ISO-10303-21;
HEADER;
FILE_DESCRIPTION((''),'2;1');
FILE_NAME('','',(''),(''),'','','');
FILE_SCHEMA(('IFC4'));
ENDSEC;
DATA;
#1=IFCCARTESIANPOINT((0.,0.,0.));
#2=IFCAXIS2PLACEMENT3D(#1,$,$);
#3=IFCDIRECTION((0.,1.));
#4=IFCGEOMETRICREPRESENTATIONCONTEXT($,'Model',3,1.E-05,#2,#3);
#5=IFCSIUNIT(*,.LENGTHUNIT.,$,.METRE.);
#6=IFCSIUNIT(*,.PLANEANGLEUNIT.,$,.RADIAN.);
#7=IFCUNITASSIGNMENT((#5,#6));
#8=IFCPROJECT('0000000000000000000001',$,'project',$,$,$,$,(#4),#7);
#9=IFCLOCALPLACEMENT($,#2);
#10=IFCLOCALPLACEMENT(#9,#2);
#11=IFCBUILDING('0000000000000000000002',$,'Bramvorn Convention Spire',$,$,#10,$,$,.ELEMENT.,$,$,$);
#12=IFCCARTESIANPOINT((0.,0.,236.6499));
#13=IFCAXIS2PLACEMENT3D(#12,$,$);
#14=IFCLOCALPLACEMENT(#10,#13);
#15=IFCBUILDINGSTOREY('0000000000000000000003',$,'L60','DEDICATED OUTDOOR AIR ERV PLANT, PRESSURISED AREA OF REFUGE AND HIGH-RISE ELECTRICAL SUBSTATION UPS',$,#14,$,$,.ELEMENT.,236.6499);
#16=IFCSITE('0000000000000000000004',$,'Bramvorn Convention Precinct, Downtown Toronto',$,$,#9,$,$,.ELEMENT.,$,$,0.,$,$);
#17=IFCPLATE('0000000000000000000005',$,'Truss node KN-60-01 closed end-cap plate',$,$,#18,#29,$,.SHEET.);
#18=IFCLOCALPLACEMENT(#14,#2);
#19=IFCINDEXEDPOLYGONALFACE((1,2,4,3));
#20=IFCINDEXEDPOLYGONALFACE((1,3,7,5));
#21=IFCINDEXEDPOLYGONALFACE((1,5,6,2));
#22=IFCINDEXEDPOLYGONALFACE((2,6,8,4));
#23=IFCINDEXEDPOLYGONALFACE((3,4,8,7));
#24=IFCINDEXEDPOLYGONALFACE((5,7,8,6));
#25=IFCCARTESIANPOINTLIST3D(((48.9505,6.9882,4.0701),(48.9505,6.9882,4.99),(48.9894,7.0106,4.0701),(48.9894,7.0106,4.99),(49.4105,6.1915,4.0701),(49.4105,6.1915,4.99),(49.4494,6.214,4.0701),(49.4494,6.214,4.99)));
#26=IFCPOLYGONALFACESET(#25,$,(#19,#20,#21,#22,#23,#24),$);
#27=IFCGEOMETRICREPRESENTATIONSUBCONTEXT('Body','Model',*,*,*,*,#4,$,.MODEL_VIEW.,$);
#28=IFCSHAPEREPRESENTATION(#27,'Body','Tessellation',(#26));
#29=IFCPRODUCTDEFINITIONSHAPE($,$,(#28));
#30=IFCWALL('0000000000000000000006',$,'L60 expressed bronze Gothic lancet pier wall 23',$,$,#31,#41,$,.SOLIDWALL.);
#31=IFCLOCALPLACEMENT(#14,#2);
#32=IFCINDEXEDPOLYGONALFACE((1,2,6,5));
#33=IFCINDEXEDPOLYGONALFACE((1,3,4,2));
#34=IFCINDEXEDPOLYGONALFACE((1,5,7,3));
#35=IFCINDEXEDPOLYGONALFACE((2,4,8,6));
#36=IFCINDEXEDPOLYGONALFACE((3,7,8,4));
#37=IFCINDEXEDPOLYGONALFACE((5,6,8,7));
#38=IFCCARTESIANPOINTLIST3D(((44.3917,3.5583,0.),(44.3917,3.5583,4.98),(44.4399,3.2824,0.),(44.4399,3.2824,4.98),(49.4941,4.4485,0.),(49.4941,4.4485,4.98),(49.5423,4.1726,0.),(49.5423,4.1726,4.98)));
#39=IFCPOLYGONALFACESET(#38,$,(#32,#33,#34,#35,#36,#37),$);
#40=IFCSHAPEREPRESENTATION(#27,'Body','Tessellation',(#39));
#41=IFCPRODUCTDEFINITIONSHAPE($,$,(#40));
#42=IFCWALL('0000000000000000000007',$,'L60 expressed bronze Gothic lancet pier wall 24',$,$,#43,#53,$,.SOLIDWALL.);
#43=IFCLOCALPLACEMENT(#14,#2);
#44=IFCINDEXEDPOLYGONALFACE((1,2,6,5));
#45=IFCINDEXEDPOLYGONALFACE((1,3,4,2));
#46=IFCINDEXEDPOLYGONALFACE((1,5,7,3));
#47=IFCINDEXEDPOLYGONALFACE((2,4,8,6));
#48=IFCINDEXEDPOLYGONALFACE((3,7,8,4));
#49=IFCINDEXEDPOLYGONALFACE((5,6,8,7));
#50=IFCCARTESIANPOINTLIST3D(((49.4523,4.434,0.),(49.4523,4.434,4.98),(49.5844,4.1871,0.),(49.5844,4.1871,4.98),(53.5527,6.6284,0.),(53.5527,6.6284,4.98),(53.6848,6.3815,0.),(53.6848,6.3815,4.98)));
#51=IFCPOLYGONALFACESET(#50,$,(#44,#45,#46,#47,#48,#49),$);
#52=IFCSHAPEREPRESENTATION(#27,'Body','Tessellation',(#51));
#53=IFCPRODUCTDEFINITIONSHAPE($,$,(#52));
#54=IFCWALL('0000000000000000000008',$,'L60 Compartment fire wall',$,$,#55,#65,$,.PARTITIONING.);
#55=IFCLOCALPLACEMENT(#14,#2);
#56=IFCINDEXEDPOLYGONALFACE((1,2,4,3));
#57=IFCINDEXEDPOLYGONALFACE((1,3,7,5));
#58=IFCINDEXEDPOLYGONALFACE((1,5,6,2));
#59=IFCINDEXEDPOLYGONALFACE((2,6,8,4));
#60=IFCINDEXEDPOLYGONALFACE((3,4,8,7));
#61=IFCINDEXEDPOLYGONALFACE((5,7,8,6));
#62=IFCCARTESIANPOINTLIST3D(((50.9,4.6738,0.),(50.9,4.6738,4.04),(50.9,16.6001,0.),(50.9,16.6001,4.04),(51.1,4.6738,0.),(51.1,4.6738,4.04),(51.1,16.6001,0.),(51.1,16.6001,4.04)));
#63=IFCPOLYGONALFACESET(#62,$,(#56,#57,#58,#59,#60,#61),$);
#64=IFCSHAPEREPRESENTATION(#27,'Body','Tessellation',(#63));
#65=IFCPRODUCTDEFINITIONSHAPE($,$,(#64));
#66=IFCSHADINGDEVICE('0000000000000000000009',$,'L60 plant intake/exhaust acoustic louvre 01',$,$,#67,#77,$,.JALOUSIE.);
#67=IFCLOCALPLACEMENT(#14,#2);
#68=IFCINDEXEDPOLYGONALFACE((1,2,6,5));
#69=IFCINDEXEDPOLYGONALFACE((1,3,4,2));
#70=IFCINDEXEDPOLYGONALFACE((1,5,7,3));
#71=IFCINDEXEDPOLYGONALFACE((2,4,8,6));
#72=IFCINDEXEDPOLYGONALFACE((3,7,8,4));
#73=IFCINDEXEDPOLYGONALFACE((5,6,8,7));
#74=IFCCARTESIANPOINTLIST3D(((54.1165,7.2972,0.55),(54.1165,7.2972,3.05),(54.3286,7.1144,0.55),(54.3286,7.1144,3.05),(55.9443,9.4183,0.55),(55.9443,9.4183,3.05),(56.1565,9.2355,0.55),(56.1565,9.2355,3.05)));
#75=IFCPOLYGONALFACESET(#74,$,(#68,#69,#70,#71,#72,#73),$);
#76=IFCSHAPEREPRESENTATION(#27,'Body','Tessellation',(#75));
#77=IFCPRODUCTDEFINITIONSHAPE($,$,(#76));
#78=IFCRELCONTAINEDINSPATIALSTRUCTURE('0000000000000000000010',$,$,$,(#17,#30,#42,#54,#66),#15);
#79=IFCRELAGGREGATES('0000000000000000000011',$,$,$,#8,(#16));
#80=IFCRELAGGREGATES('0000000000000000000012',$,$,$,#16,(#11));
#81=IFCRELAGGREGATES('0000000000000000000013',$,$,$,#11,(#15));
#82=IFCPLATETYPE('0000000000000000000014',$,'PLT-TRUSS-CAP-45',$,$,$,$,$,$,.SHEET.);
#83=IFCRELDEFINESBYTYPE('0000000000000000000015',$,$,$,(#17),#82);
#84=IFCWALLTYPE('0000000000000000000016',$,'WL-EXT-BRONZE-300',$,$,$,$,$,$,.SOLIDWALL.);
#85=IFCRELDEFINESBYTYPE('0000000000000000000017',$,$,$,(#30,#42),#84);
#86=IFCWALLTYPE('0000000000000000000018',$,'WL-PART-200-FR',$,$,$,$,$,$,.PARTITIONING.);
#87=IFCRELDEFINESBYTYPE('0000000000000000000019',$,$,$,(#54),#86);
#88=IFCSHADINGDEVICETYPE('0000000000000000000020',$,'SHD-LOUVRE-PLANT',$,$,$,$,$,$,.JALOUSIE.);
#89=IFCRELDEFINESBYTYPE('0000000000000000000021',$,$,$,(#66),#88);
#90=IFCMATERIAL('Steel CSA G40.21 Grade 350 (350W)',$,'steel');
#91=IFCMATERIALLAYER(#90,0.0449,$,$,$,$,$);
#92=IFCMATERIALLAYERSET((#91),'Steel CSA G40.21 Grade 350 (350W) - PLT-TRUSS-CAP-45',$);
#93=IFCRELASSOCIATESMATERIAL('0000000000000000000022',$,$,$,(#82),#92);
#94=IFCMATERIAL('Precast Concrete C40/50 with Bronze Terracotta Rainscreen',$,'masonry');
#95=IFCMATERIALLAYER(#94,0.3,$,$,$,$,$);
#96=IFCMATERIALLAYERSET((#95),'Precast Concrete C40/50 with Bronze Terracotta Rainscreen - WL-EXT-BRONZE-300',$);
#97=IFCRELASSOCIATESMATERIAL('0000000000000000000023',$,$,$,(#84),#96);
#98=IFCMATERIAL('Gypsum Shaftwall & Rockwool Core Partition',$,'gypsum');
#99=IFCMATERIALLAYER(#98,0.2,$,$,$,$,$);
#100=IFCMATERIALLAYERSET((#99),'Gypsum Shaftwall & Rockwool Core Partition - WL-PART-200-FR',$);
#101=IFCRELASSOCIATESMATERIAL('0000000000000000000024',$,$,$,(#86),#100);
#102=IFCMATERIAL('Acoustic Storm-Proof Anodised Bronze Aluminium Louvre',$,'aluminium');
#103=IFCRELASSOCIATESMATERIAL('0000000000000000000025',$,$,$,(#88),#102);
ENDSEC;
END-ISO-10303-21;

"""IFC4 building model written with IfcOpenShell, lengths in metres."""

from ifc_helpers import new_model, si_unit, direction, frame, frame_2d, origin, origin_2d, place, context, subcontext, project, spatial, rectangle, extrude, material, layer, layer_set, type_object, element, save


model = new_model("IFC4")

# Units and contexts
model_context = context("Model", 3, precision=1e-05, world=origin(), true_north=direction((0.0, 1.0)))
body_context = subcontext(model_context, "Body", "Model", "MODEL_VIEW")
ifc_project = project(units=[si_unit("LENGTHUNIT", "METRE"), si_unit("PLANEANGLEUNIT", "RADIAN")], contexts=[model_context])

# Site, building, storey
site_placement = place(None, origin())
site = spatial("IfcSite", under=ifc_project, at=site_placement, Name="Bramvorn Convention Precinct, Downtown Toronto", CompositionType="ELEMENT", RefElevation=0.0)
building_placement = place(site_placement, origin())
building = spatial("IfcBuilding", under=site, at=building_placement, Name="Bramvorn Convention Spire", CompositionType="ELEMENT")
storey_placement = place(building_placement, frame((0.0, 0.0, 236.6499)))
storey = spatial("IfcBuildingStorey", under=building, at=storey_placement, Name="L60", Description="DEDICATED OUTDOOR AIR ERV PLANT, PRESSURISED AREA OF REFUGE AND HIGH-RISE ELECTRICAL SUBSTATION UPS", CompositionType="ELEMENT", Elevation=236.6499)

# Shared definitions
ifc_material_1 = material(Name="Steel CSA G40.21 Grade 350 (350W)", Category="steel")

# Plate
ifc_layer_1 = layer(ifc_material_1, 0.0449)
ifc_layer_set_1 = layer_set([ifc_layer_1], Name="Steel CSA G40.21 Grade 350 (350W) - PLT-TRUSS-CAP-45")
plate_type_1 = type_object("IfcPlateType", Name="PLT-TRUSS-CAP-45", PredefinedType="SHEET", material=ifc_layer_set_1)
plate_placement = place(storey_placement, frame((49.2, 6.6011, 4.0701), z_axis=(0.0, 0.0, 1.0), x_axis=(0.499999, -0.866026, 0.0)))
element("IfcPlate", 1, at=plate_placement, inside=storey, type_object=plate_type_1, Name="Truss node KN-60-01 closed end-cap plate", PredefinedType="SHEET", context=body_context, shape_type="SweptSolid", body=[
    extrude(rectangle(XDim=0.9199, YDim=0.0449, at=origin_2d()), origin(), (0.0, 0.0, 1.0), 0.9199),
])

# Walls
ifc_material_2 = material(Name="Precast Concrete C40/50 with Bronze Terracotta Rainscreen", Category="masonry")
ifc_layer_2 = layer(ifc_material_2, 0.3)
ifc_layer_set_2 = layer_set([ifc_layer_2], Name="Precast Concrete C40/50 with Bronze Terracotta Rainscreen - WL-EXT-BRONZE-300")
wall_type_1 = type_object("IfcWallType", Name="WL-EXT-BRONZE-300", PredefinedType="SOLIDWALL", material=ifc_layer_set_2)
wall_1_placement = place(storey_placement, frame((49.5183, 4.3105, 0.0), z_axis=(0.0, 0.0, 1.0), x_axis=(-0.985121, -0.171862, 0.0)))
element("IfcWall", 2, at=wall_1_placement, inside=storey, type_object=wall_type_1, Name="L60 expressed bronze Gothic lancet pier wall 23", PredefinedType="SOLIDWALL", context=body_context, shape_type="SweptSolid", body=[
    extrude(rectangle(XDim=5.1794, YDim=0.28, at=frame_2d((2.5898, 0.0))), origin(), (0.0, 0.0, 1.0), 4.98),
])
wall_2_placement = place(storey_placement, frame((53.6187, 6.5049, 0.0), z_axis=(0.0, 0.0, 1.0), x_axis=(-0.881684, -0.471841, 0.0)))
element("IfcWall", 3, at=wall_2_placement, inside=storey, type_object=wall_type_1, Name="L60 expressed bronze Gothic lancet pier wall 24", PredefinedType="SOLIDWALL", context=body_context, shape_type="SweptSolid", body=[
    extrude(rectangle(XDim=4.6506, YDim=0.28, at=frame_2d((2.3252, 0.0))), origin(), (0.0, 0.0, 1.0), 4.98),
])
ifc_material_3 = material(Name="Gypsum Shaftwall & Rockwool Core Partition", Category="gypsum")
ifc_layer_3 = layer(ifc_material_3, 0.2)
ifc_layer_set_3 = layer_set([ifc_layer_3], Name="Gypsum Shaftwall & Rockwool Core Partition - WL-PART-200-FR")
wall_type_2 = type_object("IfcWallType", Name="WL-PART-200-FR", PredefinedType="PARTITIONING", material=ifc_layer_set_3)
wall_3_placement = place(storey_placement, frame((51.0, 4.6738, 0.0), z_axis=(0.0, 0.0, 1.0), x_axis=(0.0, 1.0, 0.0)))
element("IfcWall", 4, at=wall_3_placement, inside=storey, type_object=wall_type_2, Name="L60 Compartment fire wall", PredefinedType="PARTITIONING", context=body_context, shape_type="SweptSolid", body=[
    extrude(rectangle(XDim=11.9263, YDim=0.2, at=frame_2d((5.9631, 0.0))), origin(), (0.0, 0.0, 1.0), 4.04),
])

# Shading device
ifc_material_4 = material(Name="Acoustic Storm-Proof Anodised Bronze Aluminium Louvre", Category="aluminium")
shading_device_type = type_object("IfcShadingDeviceType", Name="SHD-LOUVRE-PLANT", PredefinedType="JALOUSIE", material=ifc_material_4)
shading_device_placement = place(storey_placement, frame((55.1365, 8.2664, 0.55), z_axis=(0.0, 0.0, 1.0), x_axis=(-0.652795, -0.757534, 0.0)))
element("IfcShadingDevice", 5, at=shading_device_placement, inside=storey, type_object=shading_device_type, Name="L60 plant intake/exhaust acoustic louvre 01", PredefinedType="JALOUSIE", context=body_context, shape_type="SweptSolid", body=[
    extrude(rectangle(XDim=2.8, YDim=0.28, at=origin_2d()), origin(), (0.0, 0.0, 1.0), 2.5),
])

save(model, "model.ifc")
